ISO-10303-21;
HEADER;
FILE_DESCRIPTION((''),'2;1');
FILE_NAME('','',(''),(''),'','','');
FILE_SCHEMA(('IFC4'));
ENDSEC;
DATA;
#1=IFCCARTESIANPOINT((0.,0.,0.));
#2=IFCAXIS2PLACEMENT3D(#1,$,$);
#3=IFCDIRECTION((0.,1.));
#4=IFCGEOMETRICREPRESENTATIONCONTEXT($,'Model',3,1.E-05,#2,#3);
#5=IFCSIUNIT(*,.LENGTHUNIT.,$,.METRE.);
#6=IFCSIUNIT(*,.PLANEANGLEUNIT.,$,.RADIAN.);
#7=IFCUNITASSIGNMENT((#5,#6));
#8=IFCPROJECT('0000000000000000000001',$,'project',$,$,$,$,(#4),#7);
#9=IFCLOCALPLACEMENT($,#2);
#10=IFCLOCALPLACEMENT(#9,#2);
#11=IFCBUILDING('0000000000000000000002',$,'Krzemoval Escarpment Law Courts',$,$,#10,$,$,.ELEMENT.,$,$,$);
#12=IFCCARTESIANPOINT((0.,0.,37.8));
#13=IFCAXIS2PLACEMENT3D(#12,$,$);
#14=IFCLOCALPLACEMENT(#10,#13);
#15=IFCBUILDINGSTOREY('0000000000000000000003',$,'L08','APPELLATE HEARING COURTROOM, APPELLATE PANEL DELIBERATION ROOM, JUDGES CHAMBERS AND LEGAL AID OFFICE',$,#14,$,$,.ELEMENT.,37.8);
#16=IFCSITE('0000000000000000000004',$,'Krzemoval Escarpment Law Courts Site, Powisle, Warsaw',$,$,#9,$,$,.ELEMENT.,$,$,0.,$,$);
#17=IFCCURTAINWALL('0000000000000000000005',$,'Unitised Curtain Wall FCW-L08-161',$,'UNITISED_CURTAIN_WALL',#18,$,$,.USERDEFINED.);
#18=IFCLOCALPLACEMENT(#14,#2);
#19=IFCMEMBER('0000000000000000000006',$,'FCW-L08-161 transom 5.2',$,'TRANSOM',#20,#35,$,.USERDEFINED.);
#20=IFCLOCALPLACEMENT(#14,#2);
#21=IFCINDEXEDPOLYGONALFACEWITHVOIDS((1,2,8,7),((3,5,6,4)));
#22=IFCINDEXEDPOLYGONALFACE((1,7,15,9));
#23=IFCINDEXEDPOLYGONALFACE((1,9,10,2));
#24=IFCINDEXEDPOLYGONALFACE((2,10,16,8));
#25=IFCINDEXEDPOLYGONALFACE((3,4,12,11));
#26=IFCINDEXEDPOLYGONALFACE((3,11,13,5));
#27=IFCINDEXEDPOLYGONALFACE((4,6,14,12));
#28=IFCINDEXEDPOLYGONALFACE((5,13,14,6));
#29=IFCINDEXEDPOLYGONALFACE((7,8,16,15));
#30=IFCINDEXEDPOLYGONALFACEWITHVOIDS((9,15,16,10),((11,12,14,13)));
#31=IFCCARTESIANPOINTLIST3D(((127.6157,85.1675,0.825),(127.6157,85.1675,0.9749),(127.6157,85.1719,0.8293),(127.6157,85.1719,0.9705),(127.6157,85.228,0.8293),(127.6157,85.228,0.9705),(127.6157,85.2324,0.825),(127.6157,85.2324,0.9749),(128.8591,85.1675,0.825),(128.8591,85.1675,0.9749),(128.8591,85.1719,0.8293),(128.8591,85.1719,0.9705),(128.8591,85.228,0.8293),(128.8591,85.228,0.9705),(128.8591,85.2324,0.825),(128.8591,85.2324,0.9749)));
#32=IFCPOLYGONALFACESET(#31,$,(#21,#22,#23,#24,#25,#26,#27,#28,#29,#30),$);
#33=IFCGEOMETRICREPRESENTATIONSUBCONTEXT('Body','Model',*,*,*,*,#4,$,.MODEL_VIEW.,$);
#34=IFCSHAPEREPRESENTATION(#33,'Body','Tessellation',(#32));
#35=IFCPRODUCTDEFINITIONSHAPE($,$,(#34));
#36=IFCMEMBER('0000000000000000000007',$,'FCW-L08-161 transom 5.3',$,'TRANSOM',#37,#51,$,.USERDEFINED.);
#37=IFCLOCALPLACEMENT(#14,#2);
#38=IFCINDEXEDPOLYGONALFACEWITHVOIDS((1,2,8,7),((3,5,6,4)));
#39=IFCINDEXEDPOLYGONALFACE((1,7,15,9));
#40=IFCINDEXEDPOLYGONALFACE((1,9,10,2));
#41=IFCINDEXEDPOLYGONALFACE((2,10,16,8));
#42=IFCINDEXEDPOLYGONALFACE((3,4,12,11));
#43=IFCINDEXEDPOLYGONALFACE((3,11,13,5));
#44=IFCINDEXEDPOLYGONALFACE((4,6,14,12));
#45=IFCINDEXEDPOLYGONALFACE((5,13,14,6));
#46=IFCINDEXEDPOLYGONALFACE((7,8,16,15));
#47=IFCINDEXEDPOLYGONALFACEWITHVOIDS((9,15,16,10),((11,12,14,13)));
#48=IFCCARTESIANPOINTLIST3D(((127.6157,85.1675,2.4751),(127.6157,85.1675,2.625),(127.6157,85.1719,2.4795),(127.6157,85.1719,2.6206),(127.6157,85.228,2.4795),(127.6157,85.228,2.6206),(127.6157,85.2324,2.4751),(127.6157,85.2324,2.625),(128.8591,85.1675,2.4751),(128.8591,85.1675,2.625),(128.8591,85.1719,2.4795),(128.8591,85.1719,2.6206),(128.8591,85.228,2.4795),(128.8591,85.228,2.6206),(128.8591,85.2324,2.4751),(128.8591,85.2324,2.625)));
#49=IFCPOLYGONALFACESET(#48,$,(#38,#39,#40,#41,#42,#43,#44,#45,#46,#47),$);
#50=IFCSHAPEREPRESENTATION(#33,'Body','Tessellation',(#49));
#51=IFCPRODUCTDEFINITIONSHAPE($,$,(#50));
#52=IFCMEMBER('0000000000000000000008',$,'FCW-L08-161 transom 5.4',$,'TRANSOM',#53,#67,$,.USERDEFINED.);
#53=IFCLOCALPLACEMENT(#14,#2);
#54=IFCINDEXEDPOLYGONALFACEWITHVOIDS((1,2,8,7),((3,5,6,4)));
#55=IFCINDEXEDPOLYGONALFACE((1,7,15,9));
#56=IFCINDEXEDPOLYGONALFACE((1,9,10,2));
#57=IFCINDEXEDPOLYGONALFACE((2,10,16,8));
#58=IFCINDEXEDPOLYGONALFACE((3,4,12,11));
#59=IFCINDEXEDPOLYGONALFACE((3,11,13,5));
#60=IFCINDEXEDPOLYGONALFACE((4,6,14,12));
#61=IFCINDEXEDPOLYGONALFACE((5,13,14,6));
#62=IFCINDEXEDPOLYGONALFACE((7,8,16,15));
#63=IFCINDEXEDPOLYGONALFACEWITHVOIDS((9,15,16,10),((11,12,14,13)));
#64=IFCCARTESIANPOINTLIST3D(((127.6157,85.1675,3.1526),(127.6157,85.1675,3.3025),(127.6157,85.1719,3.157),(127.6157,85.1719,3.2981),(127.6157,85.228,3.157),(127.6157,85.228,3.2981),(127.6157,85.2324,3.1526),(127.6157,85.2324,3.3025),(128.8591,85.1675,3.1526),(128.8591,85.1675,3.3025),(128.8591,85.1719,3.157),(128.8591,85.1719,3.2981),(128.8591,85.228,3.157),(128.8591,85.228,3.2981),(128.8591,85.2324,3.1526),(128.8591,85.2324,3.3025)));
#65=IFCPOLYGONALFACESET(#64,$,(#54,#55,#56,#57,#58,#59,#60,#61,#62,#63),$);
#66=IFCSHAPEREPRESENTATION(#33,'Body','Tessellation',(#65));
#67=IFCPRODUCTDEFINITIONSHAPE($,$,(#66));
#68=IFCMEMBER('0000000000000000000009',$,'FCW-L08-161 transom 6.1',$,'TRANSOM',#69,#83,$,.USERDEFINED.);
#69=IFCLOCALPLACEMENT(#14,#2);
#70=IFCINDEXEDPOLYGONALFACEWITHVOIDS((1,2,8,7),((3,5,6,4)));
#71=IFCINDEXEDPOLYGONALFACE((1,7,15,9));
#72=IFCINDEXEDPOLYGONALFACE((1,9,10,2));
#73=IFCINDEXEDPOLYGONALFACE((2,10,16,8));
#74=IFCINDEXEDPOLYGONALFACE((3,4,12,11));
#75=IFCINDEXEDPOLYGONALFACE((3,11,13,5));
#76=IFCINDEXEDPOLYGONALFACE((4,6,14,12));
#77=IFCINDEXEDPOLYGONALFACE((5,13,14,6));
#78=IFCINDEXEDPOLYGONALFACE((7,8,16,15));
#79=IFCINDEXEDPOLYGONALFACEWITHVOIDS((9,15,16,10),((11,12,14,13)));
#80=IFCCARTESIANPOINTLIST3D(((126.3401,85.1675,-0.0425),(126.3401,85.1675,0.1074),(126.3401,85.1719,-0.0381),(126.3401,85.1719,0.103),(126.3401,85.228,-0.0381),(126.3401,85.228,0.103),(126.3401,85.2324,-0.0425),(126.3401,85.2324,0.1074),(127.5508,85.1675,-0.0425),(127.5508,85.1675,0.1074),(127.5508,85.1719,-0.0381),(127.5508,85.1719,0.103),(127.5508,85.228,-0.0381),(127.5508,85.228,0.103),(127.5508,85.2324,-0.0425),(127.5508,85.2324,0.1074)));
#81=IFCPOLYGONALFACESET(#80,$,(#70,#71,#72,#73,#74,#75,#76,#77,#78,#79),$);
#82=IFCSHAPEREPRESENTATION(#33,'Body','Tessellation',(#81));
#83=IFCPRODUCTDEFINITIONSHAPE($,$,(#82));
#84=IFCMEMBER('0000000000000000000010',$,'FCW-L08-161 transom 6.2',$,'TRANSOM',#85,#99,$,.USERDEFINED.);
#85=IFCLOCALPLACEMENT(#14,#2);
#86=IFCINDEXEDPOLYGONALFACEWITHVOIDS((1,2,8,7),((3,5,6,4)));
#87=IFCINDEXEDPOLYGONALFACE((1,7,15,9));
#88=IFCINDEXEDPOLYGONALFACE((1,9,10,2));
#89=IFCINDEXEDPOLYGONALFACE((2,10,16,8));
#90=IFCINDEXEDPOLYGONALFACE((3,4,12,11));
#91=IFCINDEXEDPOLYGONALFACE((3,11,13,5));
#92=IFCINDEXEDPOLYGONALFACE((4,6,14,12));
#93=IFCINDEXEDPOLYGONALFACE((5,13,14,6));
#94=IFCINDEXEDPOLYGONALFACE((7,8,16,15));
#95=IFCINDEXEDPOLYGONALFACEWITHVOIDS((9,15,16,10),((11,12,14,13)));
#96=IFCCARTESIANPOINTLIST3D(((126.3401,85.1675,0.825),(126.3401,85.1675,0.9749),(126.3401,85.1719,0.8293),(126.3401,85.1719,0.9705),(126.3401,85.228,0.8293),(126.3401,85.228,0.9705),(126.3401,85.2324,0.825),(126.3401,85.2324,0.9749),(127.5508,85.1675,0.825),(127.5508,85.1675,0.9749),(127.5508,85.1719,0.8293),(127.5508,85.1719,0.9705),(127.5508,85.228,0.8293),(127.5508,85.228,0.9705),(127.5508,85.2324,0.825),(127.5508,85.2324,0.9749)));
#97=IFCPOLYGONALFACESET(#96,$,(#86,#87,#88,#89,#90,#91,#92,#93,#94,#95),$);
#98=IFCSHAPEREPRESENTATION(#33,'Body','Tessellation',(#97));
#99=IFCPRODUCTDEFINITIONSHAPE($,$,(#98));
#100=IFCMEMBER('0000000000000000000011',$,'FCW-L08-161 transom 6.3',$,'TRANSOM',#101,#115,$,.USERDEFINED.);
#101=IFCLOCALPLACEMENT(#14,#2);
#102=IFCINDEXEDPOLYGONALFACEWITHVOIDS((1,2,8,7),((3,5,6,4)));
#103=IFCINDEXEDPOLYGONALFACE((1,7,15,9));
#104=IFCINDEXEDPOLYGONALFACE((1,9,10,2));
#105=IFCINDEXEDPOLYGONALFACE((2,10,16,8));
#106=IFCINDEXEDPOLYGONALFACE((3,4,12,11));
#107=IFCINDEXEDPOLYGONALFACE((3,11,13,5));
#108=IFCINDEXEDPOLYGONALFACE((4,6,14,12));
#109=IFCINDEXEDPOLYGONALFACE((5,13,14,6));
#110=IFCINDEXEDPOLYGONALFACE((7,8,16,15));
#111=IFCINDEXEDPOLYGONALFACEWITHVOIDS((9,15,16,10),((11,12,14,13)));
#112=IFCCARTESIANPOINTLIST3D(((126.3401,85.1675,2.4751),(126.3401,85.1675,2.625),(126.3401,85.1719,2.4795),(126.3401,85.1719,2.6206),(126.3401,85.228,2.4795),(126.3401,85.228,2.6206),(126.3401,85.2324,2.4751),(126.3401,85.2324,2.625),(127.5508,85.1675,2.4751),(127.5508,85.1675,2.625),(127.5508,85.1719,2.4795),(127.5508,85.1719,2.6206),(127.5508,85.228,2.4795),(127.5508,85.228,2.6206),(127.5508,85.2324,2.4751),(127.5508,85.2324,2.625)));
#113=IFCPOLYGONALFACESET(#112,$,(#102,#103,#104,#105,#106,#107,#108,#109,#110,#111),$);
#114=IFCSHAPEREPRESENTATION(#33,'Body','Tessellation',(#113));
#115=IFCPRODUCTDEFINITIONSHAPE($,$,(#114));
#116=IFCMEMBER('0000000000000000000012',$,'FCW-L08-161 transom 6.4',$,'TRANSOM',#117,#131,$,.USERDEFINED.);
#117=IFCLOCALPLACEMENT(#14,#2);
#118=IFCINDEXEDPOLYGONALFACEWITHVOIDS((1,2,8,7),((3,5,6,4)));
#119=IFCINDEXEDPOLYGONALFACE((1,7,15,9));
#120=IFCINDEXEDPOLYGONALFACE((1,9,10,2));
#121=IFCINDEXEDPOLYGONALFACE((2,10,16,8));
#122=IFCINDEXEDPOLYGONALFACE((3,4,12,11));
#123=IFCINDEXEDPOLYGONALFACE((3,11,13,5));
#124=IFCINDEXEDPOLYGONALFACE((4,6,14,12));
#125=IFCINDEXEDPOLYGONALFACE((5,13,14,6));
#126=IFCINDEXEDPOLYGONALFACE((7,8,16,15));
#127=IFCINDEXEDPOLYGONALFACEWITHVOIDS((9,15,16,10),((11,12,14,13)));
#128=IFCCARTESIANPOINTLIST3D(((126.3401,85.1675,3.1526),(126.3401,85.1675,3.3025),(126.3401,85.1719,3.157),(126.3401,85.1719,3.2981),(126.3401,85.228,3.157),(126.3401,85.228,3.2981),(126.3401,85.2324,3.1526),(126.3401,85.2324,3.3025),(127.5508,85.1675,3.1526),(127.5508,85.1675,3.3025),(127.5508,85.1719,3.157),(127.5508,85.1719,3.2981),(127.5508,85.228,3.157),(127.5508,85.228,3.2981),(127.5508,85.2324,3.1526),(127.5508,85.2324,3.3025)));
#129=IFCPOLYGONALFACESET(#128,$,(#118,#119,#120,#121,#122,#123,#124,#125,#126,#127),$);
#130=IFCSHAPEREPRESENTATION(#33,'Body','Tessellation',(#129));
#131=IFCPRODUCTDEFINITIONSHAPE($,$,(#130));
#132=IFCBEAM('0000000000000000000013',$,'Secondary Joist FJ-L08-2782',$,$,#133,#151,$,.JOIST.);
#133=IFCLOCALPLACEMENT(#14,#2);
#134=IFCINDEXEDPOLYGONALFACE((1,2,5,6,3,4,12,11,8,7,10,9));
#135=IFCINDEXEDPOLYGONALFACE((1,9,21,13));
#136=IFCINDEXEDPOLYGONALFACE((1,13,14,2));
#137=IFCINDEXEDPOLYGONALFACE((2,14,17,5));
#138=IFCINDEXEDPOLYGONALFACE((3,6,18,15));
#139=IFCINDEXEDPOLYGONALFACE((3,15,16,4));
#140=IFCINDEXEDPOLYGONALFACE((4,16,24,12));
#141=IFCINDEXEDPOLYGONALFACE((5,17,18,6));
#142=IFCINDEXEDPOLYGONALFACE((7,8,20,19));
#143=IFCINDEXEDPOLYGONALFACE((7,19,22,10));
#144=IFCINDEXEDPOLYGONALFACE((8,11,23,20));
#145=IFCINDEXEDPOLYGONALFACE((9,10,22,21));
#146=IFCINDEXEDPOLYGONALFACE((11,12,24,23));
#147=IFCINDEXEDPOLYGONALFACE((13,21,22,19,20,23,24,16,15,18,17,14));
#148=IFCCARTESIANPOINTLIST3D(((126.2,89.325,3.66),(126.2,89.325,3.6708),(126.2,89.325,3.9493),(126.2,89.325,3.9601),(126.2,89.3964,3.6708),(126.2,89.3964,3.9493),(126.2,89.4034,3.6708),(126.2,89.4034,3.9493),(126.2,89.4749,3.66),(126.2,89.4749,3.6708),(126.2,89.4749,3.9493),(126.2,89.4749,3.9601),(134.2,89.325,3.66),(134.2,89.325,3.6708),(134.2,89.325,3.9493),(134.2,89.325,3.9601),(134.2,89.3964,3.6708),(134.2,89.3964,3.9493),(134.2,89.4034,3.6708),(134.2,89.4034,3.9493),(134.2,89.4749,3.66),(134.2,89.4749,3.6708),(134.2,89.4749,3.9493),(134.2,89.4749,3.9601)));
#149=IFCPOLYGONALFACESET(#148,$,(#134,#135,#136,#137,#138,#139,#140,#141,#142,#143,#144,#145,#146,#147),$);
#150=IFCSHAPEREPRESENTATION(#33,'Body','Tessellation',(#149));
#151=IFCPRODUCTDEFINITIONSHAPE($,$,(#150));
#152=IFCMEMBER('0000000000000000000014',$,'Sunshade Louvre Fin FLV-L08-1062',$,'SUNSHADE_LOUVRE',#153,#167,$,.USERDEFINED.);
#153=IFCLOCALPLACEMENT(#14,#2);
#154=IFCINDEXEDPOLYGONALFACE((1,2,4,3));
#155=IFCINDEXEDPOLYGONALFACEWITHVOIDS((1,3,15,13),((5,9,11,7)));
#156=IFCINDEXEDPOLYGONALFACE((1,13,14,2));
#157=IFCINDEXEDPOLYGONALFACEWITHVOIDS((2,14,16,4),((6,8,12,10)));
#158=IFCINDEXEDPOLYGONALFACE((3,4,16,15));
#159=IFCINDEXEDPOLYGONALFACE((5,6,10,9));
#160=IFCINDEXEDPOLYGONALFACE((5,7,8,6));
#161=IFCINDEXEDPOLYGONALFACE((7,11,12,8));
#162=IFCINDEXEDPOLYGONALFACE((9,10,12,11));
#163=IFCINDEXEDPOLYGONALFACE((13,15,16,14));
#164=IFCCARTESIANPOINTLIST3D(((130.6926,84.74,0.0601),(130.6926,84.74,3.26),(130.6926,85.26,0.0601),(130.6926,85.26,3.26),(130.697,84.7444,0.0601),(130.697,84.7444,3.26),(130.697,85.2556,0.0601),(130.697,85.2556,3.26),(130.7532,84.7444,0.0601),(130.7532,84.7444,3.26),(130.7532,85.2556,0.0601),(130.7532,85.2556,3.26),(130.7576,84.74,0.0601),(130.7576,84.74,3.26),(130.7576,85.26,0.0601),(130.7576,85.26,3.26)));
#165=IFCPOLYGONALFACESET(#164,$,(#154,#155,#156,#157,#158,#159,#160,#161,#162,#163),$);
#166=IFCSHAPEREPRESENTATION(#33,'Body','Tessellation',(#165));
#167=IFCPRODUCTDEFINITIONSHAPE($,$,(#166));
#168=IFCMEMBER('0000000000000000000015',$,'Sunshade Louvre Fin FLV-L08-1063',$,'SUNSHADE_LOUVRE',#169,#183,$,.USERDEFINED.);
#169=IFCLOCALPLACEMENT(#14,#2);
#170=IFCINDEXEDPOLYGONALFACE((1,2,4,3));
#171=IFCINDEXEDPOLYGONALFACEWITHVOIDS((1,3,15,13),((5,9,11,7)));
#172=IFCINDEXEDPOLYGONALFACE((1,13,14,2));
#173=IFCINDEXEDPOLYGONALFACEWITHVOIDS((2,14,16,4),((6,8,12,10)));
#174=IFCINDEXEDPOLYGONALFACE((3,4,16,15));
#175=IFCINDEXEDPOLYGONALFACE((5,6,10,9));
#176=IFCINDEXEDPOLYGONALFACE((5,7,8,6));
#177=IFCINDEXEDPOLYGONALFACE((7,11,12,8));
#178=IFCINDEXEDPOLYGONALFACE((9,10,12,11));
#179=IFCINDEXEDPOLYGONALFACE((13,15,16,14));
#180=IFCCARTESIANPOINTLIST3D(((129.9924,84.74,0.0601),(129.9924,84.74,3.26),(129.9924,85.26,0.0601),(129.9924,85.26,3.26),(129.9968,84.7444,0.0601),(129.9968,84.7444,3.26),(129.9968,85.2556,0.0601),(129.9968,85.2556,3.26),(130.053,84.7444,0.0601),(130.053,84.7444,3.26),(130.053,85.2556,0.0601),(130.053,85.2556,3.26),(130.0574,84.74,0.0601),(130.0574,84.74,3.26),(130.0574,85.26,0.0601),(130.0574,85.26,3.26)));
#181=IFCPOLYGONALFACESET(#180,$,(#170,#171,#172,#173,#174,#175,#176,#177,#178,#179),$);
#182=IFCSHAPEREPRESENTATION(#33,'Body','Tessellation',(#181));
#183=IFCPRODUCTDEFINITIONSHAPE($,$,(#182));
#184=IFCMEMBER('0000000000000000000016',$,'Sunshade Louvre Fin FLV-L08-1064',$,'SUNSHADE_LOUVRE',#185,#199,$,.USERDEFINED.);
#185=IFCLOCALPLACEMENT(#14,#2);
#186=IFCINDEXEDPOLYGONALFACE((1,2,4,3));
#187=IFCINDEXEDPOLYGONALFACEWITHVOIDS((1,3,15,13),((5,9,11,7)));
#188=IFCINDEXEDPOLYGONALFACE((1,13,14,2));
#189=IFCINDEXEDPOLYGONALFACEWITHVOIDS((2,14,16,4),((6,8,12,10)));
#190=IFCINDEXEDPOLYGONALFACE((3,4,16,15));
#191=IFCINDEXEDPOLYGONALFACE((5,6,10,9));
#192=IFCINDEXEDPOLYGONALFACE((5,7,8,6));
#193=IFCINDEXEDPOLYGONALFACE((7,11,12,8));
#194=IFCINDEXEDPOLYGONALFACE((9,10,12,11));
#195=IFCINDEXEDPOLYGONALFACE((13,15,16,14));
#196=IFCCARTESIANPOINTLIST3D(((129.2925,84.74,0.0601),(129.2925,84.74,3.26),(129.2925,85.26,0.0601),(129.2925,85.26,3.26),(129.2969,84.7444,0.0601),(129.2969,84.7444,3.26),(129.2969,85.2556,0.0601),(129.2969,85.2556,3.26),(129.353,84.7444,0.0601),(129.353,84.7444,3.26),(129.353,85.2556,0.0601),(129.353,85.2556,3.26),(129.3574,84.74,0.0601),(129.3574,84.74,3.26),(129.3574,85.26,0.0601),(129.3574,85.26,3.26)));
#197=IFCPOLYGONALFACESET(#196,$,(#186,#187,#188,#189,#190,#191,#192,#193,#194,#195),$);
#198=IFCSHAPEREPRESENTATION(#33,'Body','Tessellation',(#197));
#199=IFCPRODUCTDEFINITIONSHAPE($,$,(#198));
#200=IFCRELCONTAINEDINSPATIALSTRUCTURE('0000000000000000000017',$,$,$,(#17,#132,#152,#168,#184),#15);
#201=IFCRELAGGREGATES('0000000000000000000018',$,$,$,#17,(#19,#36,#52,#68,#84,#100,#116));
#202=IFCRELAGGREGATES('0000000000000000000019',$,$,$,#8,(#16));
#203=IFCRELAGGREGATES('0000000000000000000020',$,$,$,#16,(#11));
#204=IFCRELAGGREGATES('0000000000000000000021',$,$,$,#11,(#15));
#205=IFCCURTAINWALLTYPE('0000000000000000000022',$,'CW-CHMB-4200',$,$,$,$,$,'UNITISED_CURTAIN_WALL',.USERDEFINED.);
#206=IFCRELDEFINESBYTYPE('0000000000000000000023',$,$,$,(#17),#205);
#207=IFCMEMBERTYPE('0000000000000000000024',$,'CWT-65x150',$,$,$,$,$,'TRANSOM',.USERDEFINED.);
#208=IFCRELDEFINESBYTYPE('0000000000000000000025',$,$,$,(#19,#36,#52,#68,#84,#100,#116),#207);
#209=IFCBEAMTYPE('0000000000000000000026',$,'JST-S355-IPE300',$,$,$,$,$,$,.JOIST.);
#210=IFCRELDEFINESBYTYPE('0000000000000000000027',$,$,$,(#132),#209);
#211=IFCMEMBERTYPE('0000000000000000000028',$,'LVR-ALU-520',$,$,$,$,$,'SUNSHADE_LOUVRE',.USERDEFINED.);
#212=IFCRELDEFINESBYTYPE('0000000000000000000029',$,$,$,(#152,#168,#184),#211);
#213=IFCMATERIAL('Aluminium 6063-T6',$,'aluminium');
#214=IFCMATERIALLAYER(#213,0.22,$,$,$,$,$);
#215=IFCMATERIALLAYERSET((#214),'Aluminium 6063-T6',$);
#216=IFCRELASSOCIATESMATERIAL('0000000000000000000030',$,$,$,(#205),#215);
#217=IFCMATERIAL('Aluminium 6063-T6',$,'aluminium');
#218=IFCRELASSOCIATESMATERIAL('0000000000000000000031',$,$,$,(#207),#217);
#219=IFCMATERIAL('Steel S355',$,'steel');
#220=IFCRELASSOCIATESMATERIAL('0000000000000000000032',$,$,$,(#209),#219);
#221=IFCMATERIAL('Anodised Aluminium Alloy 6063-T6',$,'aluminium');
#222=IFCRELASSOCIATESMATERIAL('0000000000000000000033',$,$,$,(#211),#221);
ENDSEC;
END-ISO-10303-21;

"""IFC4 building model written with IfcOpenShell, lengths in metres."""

from ifc_helpers import new_model, si_unit, direction, frame, origin, origin_2d, place, context, subcontext, project, spatial, hollow_rectangle, i_section, extrude, material, layer, layer_set, material_profile, profile_set, type_object, element, aggregate, save


model = new_model("IFC4")

# Units and contexts
model_context = context("Model", 3, precision=1e-05, world=origin(), true_north=direction((0.0, 1.0)))
body_context = subcontext(model_context, "Body", "Model", "MODEL_VIEW")
ifc_project = project(units=[si_unit("LENGTHUNIT", "METRE"), si_unit("PLANEANGLEUNIT", "RADIAN")], contexts=[model_context])

# Site, building, storey
site_placement = place(None, origin())
site = spatial("IfcSite", under=ifc_project, at=site_placement, Name="Krzemoval Escarpment Law Courts Site, Powisle, Warsaw", CompositionType="ELEMENT", RefElevation=0.0)
building_placement = place(site_placement, origin())
building = spatial("IfcBuilding", under=site, at=building_placement, Name="Krzemoval Escarpment Law Courts", CompositionType="ELEMENT")
storey_placement = place(building_placement, frame((0.0, 0.0, 37.8)))
storey = spatial("IfcBuildingStorey", under=building, at=storey_placement, Name="L08", Description="APPELLATE HEARING COURTROOM, APPELLATE PANEL DELIBERATION ROOM, JUDGES CHAMBERS AND LEGAL AID OFFICE", CompositionType="ELEMENT", Elevation=37.8)

# Curtain wall, members
ifc_material_1 = material(Name="Aluminium 6063-T6", Category="aluminium")
ifc_layer_1 = layer(ifc_material_1, 0.22)
ifc_layer_set_1 = layer_set([ifc_layer_1], Name="Aluminium 6063-T6")
curtain_wall_type = type_object("IfcCurtainWallType", Name="CW-CHMB-4200", ElementType="UNITISED_CURTAIN_WALL", PredefinedType="USERDEFINED", material=ifc_layer_set_1)
curtain_wall_placement = place(storey_placement, origin())
curtain_wall = element("IfcCurtainWall", 1, at=curtain_wall_placement, inside=storey, type_object=curtain_wall_type, Name="Unitised Curtain Wall FCW-L08-161", ObjectType="UNITISED_CURTAIN_WALL", PredefinedType="USERDEFINED")
ifc_material_2 = material(Name="Aluminium 6063-T6", Category="aluminium")
ifc_material_profile_1 = material_profile(ifc_material_2, hollow_rectangle(XDim=0.0649, YDim=0.1499, WallThickness=0.0044, at=origin_2d()), Name="ALU T65x150")
ifc_profile_set_1 = profile_set([ifc_material_profile_1], Name="Aluminium 6063-T6")
member_type_1 = type_object("IfcMemberType", Name="CWT-65x150", ElementType="TRANSOM", PredefinedType="USERDEFINED", material=ifc_profile_set_1)
member_1_placement = place(storey_placement, frame((128.8591, 85.2, 0.8999), z_axis=(-1.0, 0.0, 0.0), x_axis=(0.0, -1.0, 0.0)))
member_1 = element("IfcMember", 2, at=member_1_placement, type_object=member_type_1, Name="FCW-L08-161 transom 5.2", ObjectType="TRANSOM", PredefinedType="USERDEFINED", context=body_context, shape_type="SweptSolid", body=[
    extrude(hollow_rectangle(XDim=0.0649, YDim=0.1499, WallThickness=0.0044, at=origin_2d()), origin(), (0.0, 0.0, 1.0), 1.2434),
])
member_2_placement = place(storey_placement, frame((128.8591, 85.2, 2.55), z_axis=(-1.0, 0.0, 0.0), x_axis=(0.0, -1.0, 0.0)))
member_2 = element("IfcMember", 3, at=member_2_placement, type_object=member_type_1, Name="FCW-L08-161 transom 5.3", ObjectType="TRANSOM", PredefinedType="USERDEFINED", context=body_context, shape_type="SweptSolid", body=[
    extrude(hollow_rectangle(XDim=0.0649, YDim=0.1499, WallThickness=0.0044, at=origin_2d()), origin(), (0.0, 0.0, 1.0), 1.2434),
])
member_3_placement = place(storey_placement, frame((128.8591, 85.2, 3.2275), z_axis=(-1.0, 0.0, 0.0), x_axis=(0.0, -1.0, 0.0)))
member_3 = element("IfcMember", 4, at=member_3_placement, type_object=member_type_1, Name="FCW-L08-161 transom 5.4", ObjectType="TRANSOM", PredefinedType="USERDEFINED", context=body_context, shape_type="SweptSolid", body=[
    extrude(hollow_rectangle(XDim=0.0649, YDim=0.1499, WallThickness=0.0044, at=origin_2d()), origin(), (0.0, 0.0, 1.0), 1.2434),
])
member_4_placement = place(storey_placement, frame((127.5508, 85.2, 0.0325), z_axis=(-1.0, 0.0, 0.0), x_axis=(0.0, -1.0, 0.0)))
member_4 = element("IfcMember", 5, at=member_4_placement, type_object=member_type_1, Name="FCW-L08-161 transom 6.1", ObjectType="TRANSOM", PredefinedType="USERDEFINED", context=body_context, shape_type="SweptSolid", body=[
    extrude(hollow_rectangle(XDim=0.0649, YDim=0.1499, WallThickness=0.0044, at=origin_2d()), origin(), (0.0, 0.0, 1.0), 1.2107),
])
member_5_placement = place(storey_placement, frame((127.5508, 85.2, 0.8999), z_axis=(-1.0, 0.0, 0.0), x_axis=(0.0, -1.0, 0.0)))
member_5 = element("IfcMember", 6, at=member_5_placement, type_object=member_type_1, Name="FCW-L08-161 transom 6.2", ObjectType="TRANSOM", PredefinedType="USERDEFINED", context=body_context, shape_type="SweptSolid", body=[
    extrude(hollow_rectangle(XDim=0.0649, YDim=0.1499, WallThickness=0.0044, at=origin_2d()), origin(), (0.0, 0.0, 1.0), 1.2107),
])
member_6_placement = place(storey_placement, frame((127.5508, 85.2, 2.55), z_axis=(-1.0, 0.0, 0.0), x_axis=(0.0, -1.0, 0.0)))
member_6 = element("IfcMember", 7, at=member_6_placement, type_object=member_type_1, Name="FCW-L08-161 transom 6.3", ObjectType="TRANSOM", PredefinedType="USERDEFINED", context=body_context, shape_type="SweptSolid", body=[
    extrude(hollow_rectangle(XDim=0.0649, YDim=0.1499, WallThickness=0.0044, at=origin_2d()), origin(), (0.0, 0.0, 1.0), 1.2107),
])
member_7_placement = place(storey_placement, frame((127.5508, 85.2, 3.2275), z_axis=(-1.0, 0.0, 0.0), x_axis=(0.0, -1.0, 0.0)))
member_7 = element("IfcMember", 8, at=member_7_placement, type_object=member_type_1, Name="FCW-L08-161 transom 6.4", ObjectType="TRANSOM", PredefinedType="USERDEFINED", context=body_context, shape_type="SweptSolid", body=[
    extrude(hollow_rectangle(XDim=0.0649, YDim=0.1499, WallThickness=0.0044, at=origin_2d()), origin(), (0.0, 0.0, 1.0), 1.2107),
])

# Beam
ifc_material_3 = material(Name="Steel S355", Category="steel")
ifc_material_profile_2 = material_profile(ifc_material_3, i_section(OverallWidth=0.1499, OverallDepth=0.3, WebThickness=0.0071, FlangeThickness=0.0107, at=origin_2d()), Name="IPE 300")
ifc_profile_set_2 = profile_set([ifc_material_profile_2], Name="Steel S355")
beam_type_1 = type_object("IfcBeamType", Name="JST-S355-IPE300", PredefinedType="JOIST", material=ifc_profile_set_2)
beam_1_placement = place(storey_placement, frame((126.2, 89.3999, 3.8101), z_axis=(1.0, 0.0, 0.0), x_axis=(0.0, 1.0, 0.0)))
element("IfcBeam", 9, at=beam_1_placement, inside=storey, type_object=beam_type_1, Name="Secondary Joist FJ-L08-2782", PredefinedType="JOIST", context=body_context, shape_type="SweptSolid", body=[
    extrude(i_section(OverallWidth=0.1499, OverallDepth=0.3, WebThickness=0.0071, FlangeThickness=0.0107, at=origin_2d()), origin(), (0.0, 0.0, 1.0), 8.0),
])

# Members
ifc_material_4 = material(Name="Anodised Aluminium Alloy 6063-T6", Category="aluminium")
ifc_material_profile_3 = material_profile(ifc_material_4, hollow_rectangle(XDim=0.0649, YDim=0.52, WallThickness=0.0044, at=origin_2d()), Name="ALU LVR 65x520")
ifc_profile_set_3 = profile_set([ifc_material_profile_3], Name="Anodised Aluminium Alloy 6063-T6")
member_type_2 = type_object("IfcMemberType", Name="LVR-ALU-520", ElementType="SUNSHADE_LOUVRE", PredefinedType="USERDEFINED", material=ifc_profile_set_3)
for number, where, z_axis, x_axis, name in (
    (10, (130.7251, 85.0, 0.0601), (0.0, 0.0, 1.0), (1.0, 0.0, 0.0), "Sunshade Louvre Fin FLV-L08-1062"),
    (11, (130.0249, 85.0, 0.0601), (0.0, 0.0, 1.0), (1.0, 0.0, 0.0), "Sunshade Louvre Fin FLV-L08-1063"),
    (12, (129.325, 85.0, 0.0601), (0.0, 0.0, 1.0), (1.0, 0.0, 0.0), "Sunshade Louvre Fin FLV-L08-1064"),
):
    element("IfcMember", number, at=place(storey_placement, frame(where, z_axis=z_axis, x_axis=x_axis)), inside=storey, type_object=member_type_2, Name=name, ObjectType="SUNSHADE_LOUVRE", PredefinedType="USERDEFINED", context=body_context, shape_type="SweptSolid", body=[
        extrude(hollow_rectangle(XDim=0.0649, YDim=0.52, WallThickness=0.0044, at=origin_2d()), origin(), (0.0, 0.0, 1.0), 3.2),
    ])

aggregate(curtain_wall, [member_1, member_2, member_3, member_4, member_5, member_6, member_7])

save(model, "model.ifc")
